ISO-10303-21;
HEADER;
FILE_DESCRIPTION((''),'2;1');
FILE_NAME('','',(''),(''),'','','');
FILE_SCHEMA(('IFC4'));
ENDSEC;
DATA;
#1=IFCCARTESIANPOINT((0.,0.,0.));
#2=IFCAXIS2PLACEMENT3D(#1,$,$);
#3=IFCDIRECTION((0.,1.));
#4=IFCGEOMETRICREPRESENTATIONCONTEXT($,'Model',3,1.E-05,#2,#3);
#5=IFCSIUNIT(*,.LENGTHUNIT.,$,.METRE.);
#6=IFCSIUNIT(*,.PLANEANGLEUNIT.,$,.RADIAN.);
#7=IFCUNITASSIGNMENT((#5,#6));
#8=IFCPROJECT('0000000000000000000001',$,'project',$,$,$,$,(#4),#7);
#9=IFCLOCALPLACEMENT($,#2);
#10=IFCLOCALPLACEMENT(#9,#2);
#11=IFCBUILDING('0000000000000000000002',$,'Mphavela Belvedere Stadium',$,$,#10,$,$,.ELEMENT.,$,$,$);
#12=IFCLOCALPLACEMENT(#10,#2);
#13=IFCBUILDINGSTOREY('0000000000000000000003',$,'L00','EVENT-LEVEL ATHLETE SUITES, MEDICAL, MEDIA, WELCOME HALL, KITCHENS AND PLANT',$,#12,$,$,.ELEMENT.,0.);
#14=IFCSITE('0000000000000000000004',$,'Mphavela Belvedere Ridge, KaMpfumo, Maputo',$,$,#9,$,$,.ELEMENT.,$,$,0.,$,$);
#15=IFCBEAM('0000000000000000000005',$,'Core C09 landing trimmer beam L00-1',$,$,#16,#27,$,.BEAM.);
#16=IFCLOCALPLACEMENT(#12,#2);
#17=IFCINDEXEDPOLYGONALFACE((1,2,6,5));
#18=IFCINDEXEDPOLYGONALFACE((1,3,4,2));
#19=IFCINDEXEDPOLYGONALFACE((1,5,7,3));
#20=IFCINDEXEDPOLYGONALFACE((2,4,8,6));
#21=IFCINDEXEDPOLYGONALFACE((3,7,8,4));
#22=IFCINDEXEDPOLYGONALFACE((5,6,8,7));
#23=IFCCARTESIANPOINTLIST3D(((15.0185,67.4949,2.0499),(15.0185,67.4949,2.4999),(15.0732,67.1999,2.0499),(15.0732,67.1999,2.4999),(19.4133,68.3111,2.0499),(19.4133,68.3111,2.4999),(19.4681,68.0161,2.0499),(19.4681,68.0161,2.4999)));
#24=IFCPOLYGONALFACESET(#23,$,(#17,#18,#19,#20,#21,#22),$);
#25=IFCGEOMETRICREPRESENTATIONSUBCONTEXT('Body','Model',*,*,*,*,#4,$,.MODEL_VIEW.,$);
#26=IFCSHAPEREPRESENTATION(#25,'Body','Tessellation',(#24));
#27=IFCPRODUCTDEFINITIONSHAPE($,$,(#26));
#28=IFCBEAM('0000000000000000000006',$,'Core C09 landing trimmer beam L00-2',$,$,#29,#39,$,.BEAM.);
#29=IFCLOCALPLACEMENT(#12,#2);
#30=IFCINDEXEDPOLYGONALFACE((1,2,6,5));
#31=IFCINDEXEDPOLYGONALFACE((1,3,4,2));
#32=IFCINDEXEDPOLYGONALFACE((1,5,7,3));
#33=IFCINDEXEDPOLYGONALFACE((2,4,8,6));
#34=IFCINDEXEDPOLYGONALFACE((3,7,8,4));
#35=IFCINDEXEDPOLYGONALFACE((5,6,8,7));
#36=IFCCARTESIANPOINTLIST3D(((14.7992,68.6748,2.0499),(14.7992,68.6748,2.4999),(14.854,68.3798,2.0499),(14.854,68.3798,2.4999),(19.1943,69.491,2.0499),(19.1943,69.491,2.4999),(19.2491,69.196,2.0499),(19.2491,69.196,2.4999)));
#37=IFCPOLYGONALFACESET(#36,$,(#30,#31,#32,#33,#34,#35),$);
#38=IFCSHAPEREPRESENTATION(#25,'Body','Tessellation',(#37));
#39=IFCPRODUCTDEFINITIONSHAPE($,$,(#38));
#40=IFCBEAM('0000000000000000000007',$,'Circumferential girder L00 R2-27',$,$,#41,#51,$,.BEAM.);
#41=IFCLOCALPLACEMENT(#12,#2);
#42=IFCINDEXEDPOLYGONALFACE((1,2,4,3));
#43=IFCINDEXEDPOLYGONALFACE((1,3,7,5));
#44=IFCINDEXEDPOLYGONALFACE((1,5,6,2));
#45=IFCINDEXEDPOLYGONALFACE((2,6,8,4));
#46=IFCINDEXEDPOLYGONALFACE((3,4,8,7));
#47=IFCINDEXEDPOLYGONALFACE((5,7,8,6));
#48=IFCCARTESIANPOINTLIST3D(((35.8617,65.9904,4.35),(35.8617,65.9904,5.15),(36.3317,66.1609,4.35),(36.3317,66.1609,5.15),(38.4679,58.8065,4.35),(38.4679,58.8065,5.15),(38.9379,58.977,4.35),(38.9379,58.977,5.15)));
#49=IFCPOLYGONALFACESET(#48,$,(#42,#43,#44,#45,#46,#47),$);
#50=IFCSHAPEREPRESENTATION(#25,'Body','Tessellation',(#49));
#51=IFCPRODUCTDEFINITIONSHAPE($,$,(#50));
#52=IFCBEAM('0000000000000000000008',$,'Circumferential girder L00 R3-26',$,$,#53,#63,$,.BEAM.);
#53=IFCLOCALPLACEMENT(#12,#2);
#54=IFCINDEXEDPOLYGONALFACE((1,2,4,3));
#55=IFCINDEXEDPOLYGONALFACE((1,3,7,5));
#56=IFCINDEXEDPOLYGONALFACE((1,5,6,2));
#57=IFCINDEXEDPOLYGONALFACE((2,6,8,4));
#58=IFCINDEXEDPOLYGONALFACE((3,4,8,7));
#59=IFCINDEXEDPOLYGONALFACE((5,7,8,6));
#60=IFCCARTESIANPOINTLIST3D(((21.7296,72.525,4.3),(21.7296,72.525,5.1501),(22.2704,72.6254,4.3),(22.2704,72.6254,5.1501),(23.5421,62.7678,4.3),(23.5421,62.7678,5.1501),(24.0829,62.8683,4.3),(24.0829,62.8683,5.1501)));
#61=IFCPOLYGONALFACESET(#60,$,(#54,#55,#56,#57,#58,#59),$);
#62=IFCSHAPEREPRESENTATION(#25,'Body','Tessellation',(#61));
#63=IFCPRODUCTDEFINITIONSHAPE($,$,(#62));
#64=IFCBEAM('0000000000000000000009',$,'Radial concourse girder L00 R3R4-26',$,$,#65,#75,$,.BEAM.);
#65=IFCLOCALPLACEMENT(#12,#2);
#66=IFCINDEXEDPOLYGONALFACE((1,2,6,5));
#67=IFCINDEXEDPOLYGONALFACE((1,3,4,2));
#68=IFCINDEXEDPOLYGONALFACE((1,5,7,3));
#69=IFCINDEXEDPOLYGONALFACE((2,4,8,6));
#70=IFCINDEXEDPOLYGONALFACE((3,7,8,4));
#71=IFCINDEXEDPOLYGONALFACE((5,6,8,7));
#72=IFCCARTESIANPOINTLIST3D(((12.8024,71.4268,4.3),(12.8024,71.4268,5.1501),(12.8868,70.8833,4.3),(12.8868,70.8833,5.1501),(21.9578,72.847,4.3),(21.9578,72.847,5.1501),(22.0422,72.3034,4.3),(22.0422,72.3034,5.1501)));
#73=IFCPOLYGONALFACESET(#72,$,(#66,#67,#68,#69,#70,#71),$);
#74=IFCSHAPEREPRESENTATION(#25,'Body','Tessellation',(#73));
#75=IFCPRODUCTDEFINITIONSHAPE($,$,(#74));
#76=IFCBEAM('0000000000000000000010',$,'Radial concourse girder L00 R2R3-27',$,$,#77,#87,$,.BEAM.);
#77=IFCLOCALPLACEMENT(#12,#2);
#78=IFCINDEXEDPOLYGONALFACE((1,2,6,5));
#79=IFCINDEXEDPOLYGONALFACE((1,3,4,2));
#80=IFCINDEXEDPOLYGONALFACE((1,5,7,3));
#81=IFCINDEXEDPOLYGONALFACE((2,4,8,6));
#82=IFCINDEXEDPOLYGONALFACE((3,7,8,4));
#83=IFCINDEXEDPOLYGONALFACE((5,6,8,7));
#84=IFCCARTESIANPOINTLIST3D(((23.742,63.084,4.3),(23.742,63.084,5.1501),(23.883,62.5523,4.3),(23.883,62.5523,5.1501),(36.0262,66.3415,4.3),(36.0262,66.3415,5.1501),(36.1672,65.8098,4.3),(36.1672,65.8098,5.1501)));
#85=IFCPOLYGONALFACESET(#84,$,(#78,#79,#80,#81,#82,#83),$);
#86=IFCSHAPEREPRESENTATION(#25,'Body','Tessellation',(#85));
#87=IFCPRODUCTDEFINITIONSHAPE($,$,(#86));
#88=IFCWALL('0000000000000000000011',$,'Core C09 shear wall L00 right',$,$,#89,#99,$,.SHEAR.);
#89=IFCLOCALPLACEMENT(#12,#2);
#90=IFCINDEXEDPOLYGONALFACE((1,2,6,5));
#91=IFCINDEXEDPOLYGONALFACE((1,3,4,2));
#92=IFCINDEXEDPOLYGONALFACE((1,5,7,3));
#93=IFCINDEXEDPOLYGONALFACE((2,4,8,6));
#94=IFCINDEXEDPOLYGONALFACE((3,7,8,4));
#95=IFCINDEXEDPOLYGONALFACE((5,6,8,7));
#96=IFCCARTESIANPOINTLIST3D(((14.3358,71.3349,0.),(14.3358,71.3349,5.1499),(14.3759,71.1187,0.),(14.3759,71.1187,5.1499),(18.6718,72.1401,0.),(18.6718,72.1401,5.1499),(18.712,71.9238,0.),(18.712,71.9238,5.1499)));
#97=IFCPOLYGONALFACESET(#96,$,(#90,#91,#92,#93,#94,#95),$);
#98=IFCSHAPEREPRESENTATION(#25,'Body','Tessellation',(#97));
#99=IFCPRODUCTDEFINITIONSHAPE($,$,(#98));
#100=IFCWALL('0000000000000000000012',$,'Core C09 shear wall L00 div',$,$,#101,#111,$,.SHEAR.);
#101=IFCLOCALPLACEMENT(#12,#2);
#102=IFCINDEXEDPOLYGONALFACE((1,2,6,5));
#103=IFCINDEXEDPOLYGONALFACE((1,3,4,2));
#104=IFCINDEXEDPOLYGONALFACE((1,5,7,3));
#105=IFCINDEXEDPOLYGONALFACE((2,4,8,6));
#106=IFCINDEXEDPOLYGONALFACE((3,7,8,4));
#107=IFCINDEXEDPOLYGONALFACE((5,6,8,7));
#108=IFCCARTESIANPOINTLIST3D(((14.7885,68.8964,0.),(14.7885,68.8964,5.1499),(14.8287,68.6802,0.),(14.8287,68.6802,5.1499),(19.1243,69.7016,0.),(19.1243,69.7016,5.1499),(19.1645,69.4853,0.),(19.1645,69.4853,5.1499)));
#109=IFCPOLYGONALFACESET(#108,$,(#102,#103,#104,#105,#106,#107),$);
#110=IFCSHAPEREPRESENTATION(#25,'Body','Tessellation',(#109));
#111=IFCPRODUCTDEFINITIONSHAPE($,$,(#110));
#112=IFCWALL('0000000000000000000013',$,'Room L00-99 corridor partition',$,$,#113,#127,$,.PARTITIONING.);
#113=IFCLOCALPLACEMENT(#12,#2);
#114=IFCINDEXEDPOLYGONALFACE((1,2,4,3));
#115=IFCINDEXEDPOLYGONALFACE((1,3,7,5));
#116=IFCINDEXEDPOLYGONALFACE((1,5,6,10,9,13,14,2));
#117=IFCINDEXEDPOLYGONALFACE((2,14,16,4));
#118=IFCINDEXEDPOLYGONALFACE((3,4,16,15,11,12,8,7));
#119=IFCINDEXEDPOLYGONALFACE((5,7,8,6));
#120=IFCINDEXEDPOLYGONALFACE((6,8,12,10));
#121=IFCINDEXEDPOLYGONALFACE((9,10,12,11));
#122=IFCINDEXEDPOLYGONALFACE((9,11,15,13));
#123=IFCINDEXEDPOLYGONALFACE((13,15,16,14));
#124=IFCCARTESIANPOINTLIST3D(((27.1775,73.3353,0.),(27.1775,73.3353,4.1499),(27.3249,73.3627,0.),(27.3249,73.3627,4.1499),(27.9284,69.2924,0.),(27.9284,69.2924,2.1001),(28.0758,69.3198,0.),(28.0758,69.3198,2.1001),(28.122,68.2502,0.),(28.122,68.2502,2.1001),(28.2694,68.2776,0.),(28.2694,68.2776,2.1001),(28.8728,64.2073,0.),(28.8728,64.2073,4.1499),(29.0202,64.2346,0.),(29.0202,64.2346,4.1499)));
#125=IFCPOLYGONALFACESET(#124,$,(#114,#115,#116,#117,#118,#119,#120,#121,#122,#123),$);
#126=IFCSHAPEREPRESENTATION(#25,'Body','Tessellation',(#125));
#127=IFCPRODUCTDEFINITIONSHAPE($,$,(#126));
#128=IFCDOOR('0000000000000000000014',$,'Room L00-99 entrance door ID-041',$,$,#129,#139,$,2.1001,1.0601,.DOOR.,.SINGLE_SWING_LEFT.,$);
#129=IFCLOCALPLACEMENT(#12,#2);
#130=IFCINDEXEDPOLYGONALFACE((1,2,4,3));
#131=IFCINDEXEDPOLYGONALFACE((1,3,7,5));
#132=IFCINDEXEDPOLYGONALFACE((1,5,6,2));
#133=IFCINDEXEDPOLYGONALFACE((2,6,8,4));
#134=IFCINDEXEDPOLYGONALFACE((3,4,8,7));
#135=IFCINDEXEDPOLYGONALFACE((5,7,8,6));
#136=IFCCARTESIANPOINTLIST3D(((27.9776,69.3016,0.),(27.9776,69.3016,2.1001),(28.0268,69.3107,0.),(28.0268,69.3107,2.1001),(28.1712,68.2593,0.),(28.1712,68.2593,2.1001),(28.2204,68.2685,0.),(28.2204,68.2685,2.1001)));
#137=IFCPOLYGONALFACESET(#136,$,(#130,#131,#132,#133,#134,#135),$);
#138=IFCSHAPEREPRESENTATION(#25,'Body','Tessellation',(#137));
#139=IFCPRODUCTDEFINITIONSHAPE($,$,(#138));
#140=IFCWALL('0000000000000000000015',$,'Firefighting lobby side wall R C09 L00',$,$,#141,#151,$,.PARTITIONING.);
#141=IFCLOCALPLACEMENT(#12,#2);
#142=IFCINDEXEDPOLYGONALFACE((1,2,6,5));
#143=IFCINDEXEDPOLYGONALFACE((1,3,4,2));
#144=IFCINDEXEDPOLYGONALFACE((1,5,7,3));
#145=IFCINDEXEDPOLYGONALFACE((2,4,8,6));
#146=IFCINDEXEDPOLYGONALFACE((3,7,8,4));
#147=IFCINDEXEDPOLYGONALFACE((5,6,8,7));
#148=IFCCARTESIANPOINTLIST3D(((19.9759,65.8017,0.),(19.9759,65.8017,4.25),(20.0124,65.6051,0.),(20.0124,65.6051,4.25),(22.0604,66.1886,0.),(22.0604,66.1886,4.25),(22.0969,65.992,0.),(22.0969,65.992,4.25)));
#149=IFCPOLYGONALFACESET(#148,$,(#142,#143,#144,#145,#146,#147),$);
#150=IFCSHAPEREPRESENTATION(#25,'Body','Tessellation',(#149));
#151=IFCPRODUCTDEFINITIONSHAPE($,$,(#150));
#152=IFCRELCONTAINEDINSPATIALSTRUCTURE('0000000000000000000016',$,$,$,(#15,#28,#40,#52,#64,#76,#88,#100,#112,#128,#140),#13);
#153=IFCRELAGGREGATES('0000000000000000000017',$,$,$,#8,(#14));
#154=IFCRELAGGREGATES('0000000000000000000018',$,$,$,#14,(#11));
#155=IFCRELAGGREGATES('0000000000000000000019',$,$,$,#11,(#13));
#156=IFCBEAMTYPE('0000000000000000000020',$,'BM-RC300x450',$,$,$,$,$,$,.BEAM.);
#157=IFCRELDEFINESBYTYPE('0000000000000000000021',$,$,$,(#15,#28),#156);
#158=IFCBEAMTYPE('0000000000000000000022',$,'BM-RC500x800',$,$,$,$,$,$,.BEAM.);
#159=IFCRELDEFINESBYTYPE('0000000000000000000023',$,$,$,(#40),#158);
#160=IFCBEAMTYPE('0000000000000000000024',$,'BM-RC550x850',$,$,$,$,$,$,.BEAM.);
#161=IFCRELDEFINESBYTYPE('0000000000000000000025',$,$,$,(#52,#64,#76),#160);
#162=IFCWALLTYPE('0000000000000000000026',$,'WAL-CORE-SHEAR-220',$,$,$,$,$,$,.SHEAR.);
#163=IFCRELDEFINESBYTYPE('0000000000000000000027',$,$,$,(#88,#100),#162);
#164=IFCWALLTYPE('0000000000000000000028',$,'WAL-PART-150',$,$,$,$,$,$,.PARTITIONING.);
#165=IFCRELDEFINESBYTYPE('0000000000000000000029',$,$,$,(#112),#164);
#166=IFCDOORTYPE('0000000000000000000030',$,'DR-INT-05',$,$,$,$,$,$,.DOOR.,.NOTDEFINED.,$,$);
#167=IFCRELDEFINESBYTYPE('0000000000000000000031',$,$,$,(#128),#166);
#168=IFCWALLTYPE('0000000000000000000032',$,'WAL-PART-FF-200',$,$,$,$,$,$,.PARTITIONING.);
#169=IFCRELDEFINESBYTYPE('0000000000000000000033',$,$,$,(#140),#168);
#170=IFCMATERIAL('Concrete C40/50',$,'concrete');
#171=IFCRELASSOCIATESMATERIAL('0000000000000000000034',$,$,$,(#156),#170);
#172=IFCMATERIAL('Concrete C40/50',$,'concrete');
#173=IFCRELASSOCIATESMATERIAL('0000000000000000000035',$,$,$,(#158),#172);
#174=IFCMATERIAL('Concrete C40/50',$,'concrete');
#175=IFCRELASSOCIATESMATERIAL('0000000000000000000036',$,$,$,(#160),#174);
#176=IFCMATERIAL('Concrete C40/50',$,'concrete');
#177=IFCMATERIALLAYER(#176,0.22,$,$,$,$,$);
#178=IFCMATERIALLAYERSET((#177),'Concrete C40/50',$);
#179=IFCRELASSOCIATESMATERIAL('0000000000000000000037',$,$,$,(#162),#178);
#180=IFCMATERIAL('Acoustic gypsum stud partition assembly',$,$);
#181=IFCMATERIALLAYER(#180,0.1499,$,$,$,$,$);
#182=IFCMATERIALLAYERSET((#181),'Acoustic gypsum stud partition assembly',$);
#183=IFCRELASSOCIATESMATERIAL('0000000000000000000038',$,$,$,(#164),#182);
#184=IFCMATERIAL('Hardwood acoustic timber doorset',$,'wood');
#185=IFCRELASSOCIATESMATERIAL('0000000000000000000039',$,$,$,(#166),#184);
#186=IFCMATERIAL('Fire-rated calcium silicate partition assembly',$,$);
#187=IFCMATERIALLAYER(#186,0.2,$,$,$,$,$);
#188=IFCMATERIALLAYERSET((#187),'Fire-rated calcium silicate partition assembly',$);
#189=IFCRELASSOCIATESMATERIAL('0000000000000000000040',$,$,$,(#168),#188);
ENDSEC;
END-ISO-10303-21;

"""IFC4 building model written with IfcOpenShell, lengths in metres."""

from ifc_helpers import new_model, si_unit, direction, frame, frame_2d, origin, origin_2d, place, context, subcontext, project, spatial, rectangle, extrude, material, layer, layer_set, material_profile, profile_set, type_object, element, fill, save


model = new_model("IFC4")

# Units and contexts
model_context = context("Model", 3, precision=1e-05, world=origin(), true_north=direction((0.0, 1.0)))
body_context = subcontext(model_context, "Body", "Model", "MODEL_VIEW")
ifc_project = project(units=[si_unit("LENGTHUNIT", "METRE"), si_unit("PLANEANGLEUNIT", "RADIAN")], contexts=[model_context])

# Site, building, storey
site_placement = place(None, origin())
site = spatial("IfcSite", under=ifc_project, at=site_placement, Name="Mphavela Belvedere Ridge, KaMpfumo, Maputo", CompositionType="ELEMENT", RefElevation=0.0)
building_placement = place(site_placement, origin())
building = spatial("IfcBuilding", under=site, at=building_placement, Name="Mphavela Belvedere Stadium", CompositionType="ELEMENT")
storey_placement = place(building_placement, origin())
storey = spatial("IfcBuildingStorey", under=building, at=storey_placement, Name="L00", Description="EVENT-LEVEL ATHLETE SUITES, MEDICAL, MEDIA, WELCOME HALL, KITCHENS AND PLANT", CompositionType="ELEMENT", Elevation=0.0)

# Beams
ifc_material_1 = material(Name="Concrete C40/50", Category="concrete")
ifc_material_profile_1 = material_profile(ifc_material_1, rectangle(XDim=0.3, YDim=0.45, at=origin_2d()), Name="RC 300x450")
ifc_profile_set_1 = profile_set([ifc_material_profile_1], Name="Concrete C40/50")
beam_type_1 = type_object("IfcBeamType", Name="BM-RC300x450", PredefinedType="BEAM", material=ifc_profile_set_1)
beam_1_placement = place(storey_placement, frame((19.4407, 68.1636, 2.2749), z_axis=(-0.983189, -0.18259, 0.0), x_axis=(0.18259, -0.983189, 0.0)))
element("IfcBeam", 1, at=beam_1_placement, inside=storey, type_object=beam_type_1, Name="Core C09 landing trimmer beam L00-1", PredefinedType="BEAM", context=body_context, shape_type="SweptSolid", body=[
    extrude(rectangle(XDim=0.3, YDim=0.45, at=origin_2d()), origin(), (0.0, 0.0, 1.0), 4.47),
])
beam_2_placement = place(storey_placement, frame((19.2217, 69.3435, 2.2749), z_axis=(-0.983191, -0.18258, 0.0), x_axis=(0.18258, -0.983191, 0.0)))
element("IfcBeam", 2, at=beam_2_placement, inside=storey, type_object=beam_type_1, Name="Core C09 landing trimmer beam L00-2", PredefinedType="BEAM", context=body_context, shape_type="SweptSolid", body=[
    extrude(rectangle(XDim=0.3, YDim=0.45, at=origin_2d()), origin(), (0.0, 0.0, 1.0), 4.4702),
])
ifc_material_2 = material(Name="Concrete C40/50", Category="concrete")
ifc_material_profile_2 = material_profile(ifc_material_2, rectangle(XDim=0.5, YDim=0.8, at=origin_2d()), Name="RC 500x800")
ifc_profile_set_2 = profile_set([ifc_material_profile_2], Name="Concrete C40/50")
beam_type_2 = type_object("IfcBeamType", Name="BM-RC500x800", PredefinedType="BEAM", material=ifc_profile_set_2)
beam_3_placement = place(storey_placement, frame((36.0967, 66.0757, 4.75), z_axis=(0.341038, -0.94005, 0.0), x_axis=(0.94005, 0.341038, 0.0)))
element("IfcBeam", 3, at=beam_3_placement, inside=storey, type_object=beam_type_2, Name="Circumferential girder L00 R2-27", PredefinedType="BEAM", context=body_context, shape_type="SweptSolid", body=[
    extrude(rectangle(XDim=0.5, YDim=0.8, at=origin_2d()), origin(), (0.0, 0.0, 1.0), 7.6421),
])
ifc_material_3 = material(Name="Concrete C40/50", Category="concrete")
ifc_material_profile_3 = material_profile(ifc_material_3, rectangle(XDim=0.55, YDim=0.8501, at=origin_2d()), Name="RC 550x850")
ifc_profile_set_3 = profile_set([ifc_material_profile_3], Name="Concrete C40/50")
beam_type_3 = type_object("IfcBeamType", Name="BM-RC550x850", PredefinedType="BEAM", material=ifc_profile_set_3)
beam_4_placement = place(storey_placement, frame((22.0, 72.5752, 4.7251), z_axis=(0.182638, -0.98318, 0.0), x_axis=(0.98318, 0.182638, 0.0)))
element("IfcBeam", 4, at=beam_4_placement, inside=storey, type_object=beam_type_3, Name="Circumferential girder L00 R3-26", PredefinedType="BEAM", context=body_context, shape_type="SweptSolid", body=[
    extrude(rectangle(XDim=0.55, YDim=0.8501, at=origin_2d()), origin(), (0.0, 0.0, 1.0), 9.9241),
])
beam_5_placement = place(storey_placement, frame((22.0, 72.5752, 4.7251), z_axis=(-0.988182, -0.153283, 0.0), x_axis=(0.153283, -0.988182, 0.0)))
element("IfcBeam", 5, at=beam_5_placement, inside=storey, type_object=beam_type_3, Name="Radial concourse girder L00 R3R4-26", PredefinedType="BEAM", context=body_context, shape_type="SweptSolid", body=[
    extrude(rectangle(XDim=0.55, YDim=0.8501, at=origin_2d()), origin(), (0.0, 0.0, 1.0), 9.2649),
])
beam_6_placement = place(storey_placement, frame((36.0967, 66.0757, 4.7251), z_axis=(-0.966591, -0.256324, 0.0), x_axis=(0.256324, -0.966591, 0.0)))
element("IfcBeam", 6, at=beam_6_placement, inside=storey, type_object=beam_type_3, Name="Radial concourse girder L00 R2R3-27", PredefinedType="BEAM", context=body_context, shape_type="SweptSolid", body=[
    extrude(rectangle(XDim=0.55, YDim=0.8501, at=origin_2d()), origin(), (0.0, 0.0, 1.0), 12.7087),
])

# Walls
ifc_material_4 = material(Name="Concrete C40/50", Category="concrete")
ifc_layer_1 = layer(ifc_material_4, 0.22)
ifc_layer_set_1 = layer_set([ifc_layer_1], Name="Concrete C40/50")
wall_type_1 = type_object("IfcWallType", Name="WAL-CORE-SHEAR-220", PredefinedType="SHEAR", material=ifc_layer_set_1)
wall_1_placement = place(storey_placement, frame((18.6919, 72.032, 0.0), z_axis=(0.0, 0.0, 1.0), x_axis=(-0.983192, -0.182577, 0.0)))
element("IfcWall", 7, at=wall_1_placement, inside=storey, type_object=wall_type_1, Name="Core C09 shear wall L00 right", PredefinedType="SHEAR", context=body_context, shape_type="SweptSolid", body=[
    extrude(rectangle(XDim=4.4102, YDim=0.22, at=frame_2d((2.2051, 0.0))), origin(), (0.0, 0.0, 1.0), 5.1499),
])
wall_2_placement = place(storey_placement, frame((19.1445, 69.5935, 0.0), z_axis=(0.0, 0.0, 1.0), x_axis=(-0.98319, -0.182587, 0.0)))
element("IfcWall", 8, at=wall_2_placement, inside=storey, type_object=wall_type_1, Name="Core C09 shear wall L00 div", PredefinedType="SHEAR", context=body_context, shape_type="SweptSolid", body=[
    extrude(rectangle(XDim=4.4099, YDim=0.22, at=frame_2d((2.2051, 0.0))), origin(), (0.0, 0.0, 1.0), 5.1499),
])

# Wall, opening, door
ifc_material_5 = material(Name="Acoustic gypsum stud partition assembly")
ifc_layer_2 = layer(ifc_material_5, 0.1499)
ifc_layer_set_2 = layer_set([ifc_layer_2], Name="Acoustic gypsum stud partition assembly")
wall_type_2 = type_object("IfcWallType", Name="WAL-PART-150", PredefinedType="PARTITIONING", material=ifc_layer_set_2)
wall_3_placement = place(storey_placement, frame((28.9465, 64.2209, 0.0), z_axis=(0.0, 0.0, 1.0), x_axis=(-0.182601, 0.983187, 0.0)))
wall_3 = element("IfcWall", 9, at=wall_3_placement, inside=storey, type_object=wall_type_2, Name="Room L00-99 corridor partition", PredefinedType="PARTITIONING", context=body_context, shape_type="SweptSolid", body=[
    extrude(rectangle(XDim=9.2842, YDim=0.1499, at=frame_2d((4.6421, 0.0))), origin(), (0.0, 0.0, 1.0), 4.1499),
])
opening_placement = place(wall_3_placement, frame((4.1121, 0.0, 0.0)))
opening = element("IfcOpeningElement", 10, at=opening_placement, cuts=wall_3, PredefinedType="OPENING", context=body_context, shape_type="SweptSolid", body=[
    extrude(rectangle(XDim=1.0601, YDim=2.1001, at=frame_2d((0.53, 1.05))), frame((0.0, 0.085, 0.0), z_axis=(0.0, -1.0, 0.0), x_axis=(1.0, 0.0, 0.0)), (0.0, 0.0, 1.0), 0.1699),
])
ifc_material_6 = material(Name="Hardwood acoustic timber doorset", Category="wood")
door_type = type_object("IfcDoorType", Name="DR-INT-05", OperationType="NOTDEFINED", PredefinedType="DOOR", material=ifc_material_6)
door_placement = place(opening_placement, origin())
door = element("IfcDoor", 11, at=door_placement, inside=storey, type_object=door_type, Name="Room L00-99 entrance door ID-041", OperationType="SINGLE_SWING_LEFT", OverallHeight=2.1001, OverallWidth=1.0601, PredefinedType="DOOR", context=body_context, shape_type="SweptSolid", body=[
    extrude(rectangle(XDim=1.0601, YDim=2.1001, at=frame_2d((0.53, 1.05))), frame((0.0, 0.0249, 0.0), z_axis=(0.0, -1.0, 0.0), x_axis=(1.0, 0.0, 0.0)), (0.0, 0.0, 1.0), 0.05),
])
fill(opening, door)

# Wall
ifc_material_7 = material(Name="Fire-rated calcium silicate partition assembly")
ifc_layer_3 = layer(ifc_material_7, 0.2)
ifc_layer_set_3 = layer_set([ifc_layer_3], Name="Fire-rated calcium silicate partition assembly")
wall_type_3 = type_object("IfcWallType", Name="WAL-PART-FF-200", PredefinedType="PARTITIONING", material=ifc_layer_set_3)
wall_4_placement = place(storey_placement, frame((22.0786, 66.0903, 0.0), z_axis=(0.0, 0.0, 1.0), x_axis=(-0.983202, -0.182522, 0.0)))
element("IfcWall", 12, at=wall_4_placement, inside=storey, type_object=wall_type_3, Name="Firefighting lobby side wall R C09 L00", PredefinedType="PARTITIONING", context=body_context, shape_type="SweptSolid", body=[
    extrude(rectangle(XDim=2.1201, YDim=0.2, at=frame_2d((1.0601, 0.0))), origin(), (0.0, 0.0, 1.0), 4.25),
])

save(model, "model.ifc")
